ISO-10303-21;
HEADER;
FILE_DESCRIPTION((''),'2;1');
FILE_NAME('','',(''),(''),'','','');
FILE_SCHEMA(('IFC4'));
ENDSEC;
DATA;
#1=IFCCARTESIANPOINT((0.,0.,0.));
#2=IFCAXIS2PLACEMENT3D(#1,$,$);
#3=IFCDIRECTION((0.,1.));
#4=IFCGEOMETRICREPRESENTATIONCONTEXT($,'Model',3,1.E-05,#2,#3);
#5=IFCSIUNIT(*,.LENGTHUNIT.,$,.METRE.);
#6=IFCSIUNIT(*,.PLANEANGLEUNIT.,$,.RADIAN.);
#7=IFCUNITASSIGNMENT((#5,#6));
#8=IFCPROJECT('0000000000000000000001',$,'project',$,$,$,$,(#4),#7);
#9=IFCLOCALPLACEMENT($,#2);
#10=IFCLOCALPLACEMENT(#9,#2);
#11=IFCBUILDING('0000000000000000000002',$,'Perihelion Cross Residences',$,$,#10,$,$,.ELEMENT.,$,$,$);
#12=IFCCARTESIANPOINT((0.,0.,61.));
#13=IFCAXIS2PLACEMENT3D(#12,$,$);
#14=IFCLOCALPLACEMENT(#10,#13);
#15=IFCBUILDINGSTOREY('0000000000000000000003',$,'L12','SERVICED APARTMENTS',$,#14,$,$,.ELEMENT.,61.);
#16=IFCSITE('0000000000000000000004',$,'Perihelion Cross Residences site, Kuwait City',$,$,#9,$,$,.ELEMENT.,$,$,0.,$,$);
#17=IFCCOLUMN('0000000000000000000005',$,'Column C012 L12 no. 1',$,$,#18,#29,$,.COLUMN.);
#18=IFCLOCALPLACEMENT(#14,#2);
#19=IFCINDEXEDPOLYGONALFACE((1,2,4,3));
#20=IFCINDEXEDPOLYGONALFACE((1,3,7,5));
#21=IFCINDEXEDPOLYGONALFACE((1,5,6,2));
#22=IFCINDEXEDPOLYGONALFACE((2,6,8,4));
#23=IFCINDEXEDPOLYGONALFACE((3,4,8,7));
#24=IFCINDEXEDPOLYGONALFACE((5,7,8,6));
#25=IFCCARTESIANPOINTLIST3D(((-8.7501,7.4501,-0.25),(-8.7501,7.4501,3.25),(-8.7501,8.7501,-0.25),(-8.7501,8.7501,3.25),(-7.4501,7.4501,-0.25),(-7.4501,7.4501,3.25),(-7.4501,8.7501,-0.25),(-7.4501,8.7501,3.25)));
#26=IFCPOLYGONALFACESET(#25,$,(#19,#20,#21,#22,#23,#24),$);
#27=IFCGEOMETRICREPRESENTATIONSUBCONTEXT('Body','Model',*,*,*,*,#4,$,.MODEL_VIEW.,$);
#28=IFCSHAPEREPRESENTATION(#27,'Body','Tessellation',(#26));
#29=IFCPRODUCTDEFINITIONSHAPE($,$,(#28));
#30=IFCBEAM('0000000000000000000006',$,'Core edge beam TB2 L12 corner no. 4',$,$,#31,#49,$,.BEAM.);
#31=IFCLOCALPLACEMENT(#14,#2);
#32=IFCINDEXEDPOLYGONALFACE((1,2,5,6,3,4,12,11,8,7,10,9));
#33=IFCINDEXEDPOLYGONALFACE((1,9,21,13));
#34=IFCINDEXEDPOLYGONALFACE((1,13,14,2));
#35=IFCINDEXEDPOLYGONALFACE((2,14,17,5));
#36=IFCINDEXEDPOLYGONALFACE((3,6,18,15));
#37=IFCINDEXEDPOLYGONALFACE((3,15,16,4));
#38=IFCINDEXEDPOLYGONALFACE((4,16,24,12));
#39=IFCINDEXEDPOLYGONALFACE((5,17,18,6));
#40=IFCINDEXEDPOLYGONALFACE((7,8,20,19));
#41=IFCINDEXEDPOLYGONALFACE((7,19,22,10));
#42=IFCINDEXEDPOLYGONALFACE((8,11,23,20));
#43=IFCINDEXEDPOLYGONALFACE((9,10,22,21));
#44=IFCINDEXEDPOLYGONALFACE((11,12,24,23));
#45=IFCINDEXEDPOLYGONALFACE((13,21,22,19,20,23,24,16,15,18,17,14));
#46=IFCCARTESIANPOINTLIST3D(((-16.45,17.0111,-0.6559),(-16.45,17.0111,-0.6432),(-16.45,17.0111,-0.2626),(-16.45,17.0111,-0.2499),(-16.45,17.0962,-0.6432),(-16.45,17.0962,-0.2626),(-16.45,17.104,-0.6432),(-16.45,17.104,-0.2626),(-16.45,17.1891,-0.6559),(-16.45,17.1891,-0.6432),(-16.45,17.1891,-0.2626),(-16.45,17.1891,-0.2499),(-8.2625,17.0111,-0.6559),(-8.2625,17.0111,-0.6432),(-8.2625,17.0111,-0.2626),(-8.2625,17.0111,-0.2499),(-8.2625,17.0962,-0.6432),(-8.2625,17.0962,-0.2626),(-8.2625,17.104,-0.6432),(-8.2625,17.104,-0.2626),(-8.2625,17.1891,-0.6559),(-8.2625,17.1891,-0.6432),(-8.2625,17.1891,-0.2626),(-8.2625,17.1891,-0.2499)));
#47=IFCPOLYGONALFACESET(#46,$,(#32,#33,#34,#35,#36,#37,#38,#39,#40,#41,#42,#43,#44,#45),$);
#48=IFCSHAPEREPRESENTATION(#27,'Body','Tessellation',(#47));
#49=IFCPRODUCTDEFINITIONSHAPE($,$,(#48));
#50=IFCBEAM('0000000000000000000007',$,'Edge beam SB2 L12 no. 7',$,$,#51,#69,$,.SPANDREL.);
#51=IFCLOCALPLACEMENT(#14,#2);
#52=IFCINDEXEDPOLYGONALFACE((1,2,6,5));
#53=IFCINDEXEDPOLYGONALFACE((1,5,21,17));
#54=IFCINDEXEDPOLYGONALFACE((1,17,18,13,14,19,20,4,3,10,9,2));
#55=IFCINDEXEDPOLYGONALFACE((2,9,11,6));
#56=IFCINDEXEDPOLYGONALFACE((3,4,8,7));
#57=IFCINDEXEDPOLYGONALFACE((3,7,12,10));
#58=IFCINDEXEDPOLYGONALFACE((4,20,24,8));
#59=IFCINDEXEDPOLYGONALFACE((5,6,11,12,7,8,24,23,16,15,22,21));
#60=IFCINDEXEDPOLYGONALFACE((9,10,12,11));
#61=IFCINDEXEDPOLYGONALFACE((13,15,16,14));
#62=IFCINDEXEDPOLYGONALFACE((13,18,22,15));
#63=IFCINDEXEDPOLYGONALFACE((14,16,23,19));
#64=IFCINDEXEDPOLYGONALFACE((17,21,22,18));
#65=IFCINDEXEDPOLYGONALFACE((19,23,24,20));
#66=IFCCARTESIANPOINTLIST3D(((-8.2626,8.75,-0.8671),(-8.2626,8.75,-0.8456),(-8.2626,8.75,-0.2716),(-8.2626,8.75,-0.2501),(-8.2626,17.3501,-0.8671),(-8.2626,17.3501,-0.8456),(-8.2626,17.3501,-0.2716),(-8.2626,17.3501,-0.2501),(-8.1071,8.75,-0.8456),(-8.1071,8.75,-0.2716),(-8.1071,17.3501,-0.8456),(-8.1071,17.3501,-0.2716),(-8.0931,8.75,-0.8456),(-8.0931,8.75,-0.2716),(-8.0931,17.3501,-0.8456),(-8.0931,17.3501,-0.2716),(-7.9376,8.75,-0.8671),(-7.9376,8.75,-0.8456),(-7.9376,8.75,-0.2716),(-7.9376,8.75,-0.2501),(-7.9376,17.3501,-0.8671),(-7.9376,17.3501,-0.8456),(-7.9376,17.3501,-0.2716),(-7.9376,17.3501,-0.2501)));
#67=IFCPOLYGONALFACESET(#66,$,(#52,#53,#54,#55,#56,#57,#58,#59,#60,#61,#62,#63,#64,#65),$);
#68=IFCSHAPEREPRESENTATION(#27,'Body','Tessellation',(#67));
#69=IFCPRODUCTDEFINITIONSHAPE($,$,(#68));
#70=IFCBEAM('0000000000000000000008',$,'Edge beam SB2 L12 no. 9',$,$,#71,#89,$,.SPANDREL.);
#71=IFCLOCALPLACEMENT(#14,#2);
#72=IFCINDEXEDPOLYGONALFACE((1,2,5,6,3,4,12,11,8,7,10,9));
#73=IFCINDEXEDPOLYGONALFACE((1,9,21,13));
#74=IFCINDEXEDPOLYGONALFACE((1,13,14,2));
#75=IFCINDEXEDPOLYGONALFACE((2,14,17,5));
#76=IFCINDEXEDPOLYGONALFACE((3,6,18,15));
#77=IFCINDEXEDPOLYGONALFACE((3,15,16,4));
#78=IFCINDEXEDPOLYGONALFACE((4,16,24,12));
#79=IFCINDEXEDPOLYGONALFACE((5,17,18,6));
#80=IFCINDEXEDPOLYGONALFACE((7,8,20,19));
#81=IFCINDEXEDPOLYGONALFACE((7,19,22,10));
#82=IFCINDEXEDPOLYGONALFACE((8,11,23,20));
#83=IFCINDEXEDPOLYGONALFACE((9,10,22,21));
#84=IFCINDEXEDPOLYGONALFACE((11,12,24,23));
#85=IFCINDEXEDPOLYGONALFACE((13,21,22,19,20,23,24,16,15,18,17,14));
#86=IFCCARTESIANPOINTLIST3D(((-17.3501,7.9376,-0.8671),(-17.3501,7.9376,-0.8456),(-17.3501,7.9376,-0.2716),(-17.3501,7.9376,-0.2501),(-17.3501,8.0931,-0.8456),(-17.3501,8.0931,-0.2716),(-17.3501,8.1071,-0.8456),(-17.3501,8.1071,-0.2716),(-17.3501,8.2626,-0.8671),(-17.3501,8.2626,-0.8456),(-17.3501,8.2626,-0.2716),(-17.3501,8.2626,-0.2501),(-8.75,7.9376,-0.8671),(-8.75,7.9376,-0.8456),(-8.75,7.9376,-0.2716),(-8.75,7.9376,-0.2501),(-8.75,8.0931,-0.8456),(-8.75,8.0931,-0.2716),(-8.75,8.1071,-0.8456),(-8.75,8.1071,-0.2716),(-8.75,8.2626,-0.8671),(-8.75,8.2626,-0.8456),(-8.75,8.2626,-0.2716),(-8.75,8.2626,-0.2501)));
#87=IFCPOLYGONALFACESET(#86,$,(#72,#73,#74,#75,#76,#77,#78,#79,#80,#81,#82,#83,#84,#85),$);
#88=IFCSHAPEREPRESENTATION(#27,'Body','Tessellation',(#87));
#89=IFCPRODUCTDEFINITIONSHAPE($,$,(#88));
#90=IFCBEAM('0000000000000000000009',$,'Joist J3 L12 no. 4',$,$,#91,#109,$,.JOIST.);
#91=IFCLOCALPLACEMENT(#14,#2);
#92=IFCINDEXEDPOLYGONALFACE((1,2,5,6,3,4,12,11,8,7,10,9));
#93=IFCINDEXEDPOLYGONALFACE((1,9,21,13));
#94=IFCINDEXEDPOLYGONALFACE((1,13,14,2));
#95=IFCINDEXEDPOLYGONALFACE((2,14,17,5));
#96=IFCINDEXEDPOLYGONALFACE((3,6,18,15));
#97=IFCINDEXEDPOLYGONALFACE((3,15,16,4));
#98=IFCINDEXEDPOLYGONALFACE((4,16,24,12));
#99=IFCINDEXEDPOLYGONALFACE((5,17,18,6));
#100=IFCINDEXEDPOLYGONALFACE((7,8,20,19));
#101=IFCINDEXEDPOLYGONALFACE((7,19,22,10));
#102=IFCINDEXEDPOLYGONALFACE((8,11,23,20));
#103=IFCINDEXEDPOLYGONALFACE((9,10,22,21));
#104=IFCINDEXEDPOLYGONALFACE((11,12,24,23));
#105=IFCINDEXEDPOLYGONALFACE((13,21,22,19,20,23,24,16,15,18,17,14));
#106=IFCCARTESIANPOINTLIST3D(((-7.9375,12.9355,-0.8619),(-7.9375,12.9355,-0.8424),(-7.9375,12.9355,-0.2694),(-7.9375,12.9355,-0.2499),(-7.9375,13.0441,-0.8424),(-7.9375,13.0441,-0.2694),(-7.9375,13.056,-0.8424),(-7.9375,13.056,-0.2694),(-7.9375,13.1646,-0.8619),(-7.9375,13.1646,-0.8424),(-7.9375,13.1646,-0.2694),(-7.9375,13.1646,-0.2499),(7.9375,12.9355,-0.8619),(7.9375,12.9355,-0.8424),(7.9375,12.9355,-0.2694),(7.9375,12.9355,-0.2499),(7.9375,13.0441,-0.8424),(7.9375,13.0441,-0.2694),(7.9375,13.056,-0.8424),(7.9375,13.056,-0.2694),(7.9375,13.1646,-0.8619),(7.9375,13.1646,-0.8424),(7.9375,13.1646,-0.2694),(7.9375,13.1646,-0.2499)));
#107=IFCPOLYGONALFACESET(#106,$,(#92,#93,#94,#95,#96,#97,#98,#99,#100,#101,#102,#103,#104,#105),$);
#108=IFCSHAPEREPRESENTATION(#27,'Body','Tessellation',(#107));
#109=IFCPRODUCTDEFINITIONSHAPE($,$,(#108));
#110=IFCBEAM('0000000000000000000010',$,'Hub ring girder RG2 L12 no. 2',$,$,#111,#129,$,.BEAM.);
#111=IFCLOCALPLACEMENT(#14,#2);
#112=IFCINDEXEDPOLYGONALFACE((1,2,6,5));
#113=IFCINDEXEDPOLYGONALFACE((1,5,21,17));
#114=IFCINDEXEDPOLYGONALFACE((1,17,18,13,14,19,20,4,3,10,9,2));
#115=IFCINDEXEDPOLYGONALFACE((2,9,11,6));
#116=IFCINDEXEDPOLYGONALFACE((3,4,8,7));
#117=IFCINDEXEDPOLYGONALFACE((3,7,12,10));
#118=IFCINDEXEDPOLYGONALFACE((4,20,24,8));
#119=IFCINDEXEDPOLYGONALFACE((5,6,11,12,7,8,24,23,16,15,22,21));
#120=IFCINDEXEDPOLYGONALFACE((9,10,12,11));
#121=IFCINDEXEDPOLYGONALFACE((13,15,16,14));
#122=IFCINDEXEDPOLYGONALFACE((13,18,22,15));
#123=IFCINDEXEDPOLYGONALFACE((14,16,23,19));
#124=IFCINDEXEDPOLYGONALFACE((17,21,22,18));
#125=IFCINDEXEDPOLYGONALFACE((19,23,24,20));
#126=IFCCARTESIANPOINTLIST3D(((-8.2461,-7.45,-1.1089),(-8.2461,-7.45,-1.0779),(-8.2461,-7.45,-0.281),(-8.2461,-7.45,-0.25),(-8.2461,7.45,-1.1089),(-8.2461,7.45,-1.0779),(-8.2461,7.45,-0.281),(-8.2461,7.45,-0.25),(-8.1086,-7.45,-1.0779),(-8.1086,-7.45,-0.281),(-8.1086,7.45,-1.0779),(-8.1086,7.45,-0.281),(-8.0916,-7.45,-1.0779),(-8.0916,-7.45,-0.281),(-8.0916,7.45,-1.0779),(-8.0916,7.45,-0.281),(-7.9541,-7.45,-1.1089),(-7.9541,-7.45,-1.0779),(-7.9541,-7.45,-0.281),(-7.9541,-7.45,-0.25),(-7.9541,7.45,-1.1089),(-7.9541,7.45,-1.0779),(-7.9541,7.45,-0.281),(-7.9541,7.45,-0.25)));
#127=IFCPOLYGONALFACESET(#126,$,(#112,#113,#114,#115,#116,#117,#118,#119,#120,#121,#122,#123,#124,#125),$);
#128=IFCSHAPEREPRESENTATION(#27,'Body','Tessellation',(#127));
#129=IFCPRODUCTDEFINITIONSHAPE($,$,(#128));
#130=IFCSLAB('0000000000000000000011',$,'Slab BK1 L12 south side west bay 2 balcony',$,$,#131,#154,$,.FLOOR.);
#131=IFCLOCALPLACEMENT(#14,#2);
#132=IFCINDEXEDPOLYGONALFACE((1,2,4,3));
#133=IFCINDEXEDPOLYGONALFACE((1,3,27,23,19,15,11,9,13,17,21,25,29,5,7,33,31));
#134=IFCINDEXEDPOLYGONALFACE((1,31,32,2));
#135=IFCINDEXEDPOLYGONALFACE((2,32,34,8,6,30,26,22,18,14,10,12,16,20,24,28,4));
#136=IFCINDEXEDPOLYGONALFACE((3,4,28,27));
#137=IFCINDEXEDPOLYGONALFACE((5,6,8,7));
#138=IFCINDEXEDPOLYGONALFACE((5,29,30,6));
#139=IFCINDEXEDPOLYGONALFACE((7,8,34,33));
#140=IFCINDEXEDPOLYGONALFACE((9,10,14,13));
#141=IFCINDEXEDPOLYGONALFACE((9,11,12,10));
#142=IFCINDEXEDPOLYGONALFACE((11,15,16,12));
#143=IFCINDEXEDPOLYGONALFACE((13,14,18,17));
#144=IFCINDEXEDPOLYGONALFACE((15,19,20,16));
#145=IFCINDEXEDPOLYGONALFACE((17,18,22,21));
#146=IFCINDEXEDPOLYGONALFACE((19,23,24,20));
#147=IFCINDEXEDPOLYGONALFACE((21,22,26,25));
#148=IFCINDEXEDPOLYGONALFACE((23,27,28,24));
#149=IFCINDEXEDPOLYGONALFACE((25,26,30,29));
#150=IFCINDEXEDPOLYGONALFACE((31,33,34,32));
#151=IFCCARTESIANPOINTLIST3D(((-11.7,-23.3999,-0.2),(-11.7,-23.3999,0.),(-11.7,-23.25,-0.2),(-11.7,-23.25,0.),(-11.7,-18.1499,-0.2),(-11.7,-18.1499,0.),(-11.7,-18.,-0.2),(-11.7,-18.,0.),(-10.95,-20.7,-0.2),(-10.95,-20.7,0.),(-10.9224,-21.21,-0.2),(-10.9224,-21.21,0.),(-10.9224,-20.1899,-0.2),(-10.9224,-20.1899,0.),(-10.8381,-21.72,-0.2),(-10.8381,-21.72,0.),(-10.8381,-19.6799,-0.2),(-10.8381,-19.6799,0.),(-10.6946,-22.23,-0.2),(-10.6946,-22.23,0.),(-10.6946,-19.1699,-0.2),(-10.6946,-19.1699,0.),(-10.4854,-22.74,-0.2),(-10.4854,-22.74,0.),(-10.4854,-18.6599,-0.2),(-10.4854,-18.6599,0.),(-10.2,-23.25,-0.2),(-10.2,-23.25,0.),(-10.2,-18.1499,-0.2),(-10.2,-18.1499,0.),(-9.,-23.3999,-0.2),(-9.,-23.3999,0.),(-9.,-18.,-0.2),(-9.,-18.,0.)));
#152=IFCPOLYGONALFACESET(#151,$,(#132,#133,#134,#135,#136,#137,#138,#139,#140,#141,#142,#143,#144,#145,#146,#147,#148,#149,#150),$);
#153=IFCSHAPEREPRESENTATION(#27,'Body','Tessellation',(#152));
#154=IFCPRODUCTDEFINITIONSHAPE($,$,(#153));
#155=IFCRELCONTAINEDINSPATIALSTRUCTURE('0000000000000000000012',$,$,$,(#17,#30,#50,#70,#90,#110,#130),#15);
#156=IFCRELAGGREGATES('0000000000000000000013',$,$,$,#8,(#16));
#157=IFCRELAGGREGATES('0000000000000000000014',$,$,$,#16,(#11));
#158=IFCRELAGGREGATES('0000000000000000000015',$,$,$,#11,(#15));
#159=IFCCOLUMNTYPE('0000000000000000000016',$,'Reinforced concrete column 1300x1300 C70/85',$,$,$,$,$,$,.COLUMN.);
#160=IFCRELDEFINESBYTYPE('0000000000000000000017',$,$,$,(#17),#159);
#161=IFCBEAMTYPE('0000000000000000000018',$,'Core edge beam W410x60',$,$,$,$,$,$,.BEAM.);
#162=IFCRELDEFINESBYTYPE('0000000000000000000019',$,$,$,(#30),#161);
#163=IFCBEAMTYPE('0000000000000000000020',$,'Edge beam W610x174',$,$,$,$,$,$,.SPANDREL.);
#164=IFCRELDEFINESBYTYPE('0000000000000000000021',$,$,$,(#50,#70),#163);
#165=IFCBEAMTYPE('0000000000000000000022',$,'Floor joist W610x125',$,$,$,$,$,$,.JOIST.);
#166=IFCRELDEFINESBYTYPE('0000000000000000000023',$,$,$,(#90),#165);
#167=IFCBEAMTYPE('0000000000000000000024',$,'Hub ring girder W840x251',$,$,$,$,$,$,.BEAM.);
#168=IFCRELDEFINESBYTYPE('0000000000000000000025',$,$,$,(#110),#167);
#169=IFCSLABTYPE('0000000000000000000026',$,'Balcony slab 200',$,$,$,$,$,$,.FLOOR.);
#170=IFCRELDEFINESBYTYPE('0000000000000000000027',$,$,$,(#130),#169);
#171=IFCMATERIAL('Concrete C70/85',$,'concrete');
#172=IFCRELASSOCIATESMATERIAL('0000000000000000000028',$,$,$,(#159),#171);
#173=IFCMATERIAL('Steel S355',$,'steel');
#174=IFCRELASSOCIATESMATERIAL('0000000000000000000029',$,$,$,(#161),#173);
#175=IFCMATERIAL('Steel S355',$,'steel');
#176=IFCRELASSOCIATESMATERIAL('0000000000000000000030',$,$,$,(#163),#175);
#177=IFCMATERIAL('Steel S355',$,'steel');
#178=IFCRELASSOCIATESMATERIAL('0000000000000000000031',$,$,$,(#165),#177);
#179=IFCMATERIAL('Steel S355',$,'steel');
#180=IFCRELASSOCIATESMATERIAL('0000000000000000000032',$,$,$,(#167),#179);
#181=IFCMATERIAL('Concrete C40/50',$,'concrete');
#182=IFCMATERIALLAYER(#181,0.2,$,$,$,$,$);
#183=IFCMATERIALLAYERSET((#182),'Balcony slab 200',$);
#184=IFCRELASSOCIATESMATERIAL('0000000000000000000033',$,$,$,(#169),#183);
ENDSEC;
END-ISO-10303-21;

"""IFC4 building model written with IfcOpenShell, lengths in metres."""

from ifc_helpers import new_model, si_unit, direction, frame, origin, origin_2d, place, context, subcontext, project, spatial, polyline, rectangle, i_section, outline, extrude, material, layer, layer_set, material_profile, profile_set, type_object, element, save


model = new_model("IFC4")

# Units and contexts
model_context = context("Model", 3, precision=1e-05, world=origin(), true_north=direction((0.0, 1.0)))
body_context = subcontext(model_context, "Body", "Model", "MODEL_VIEW")
ifc_project = project(units=[si_unit("LENGTHUNIT", "METRE"), si_unit("PLANEANGLEUNIT", "RADIAN")], contexts=[model_context])

# Site, building, storey
site_placement = place(None, origin())
site = spatial("IfcSite", under=ifc_project, at=site_placement, Name="Perihelion Cross Residences site, Kuwait City", CompositionType="ELEMENT", RefElevation=0.0)
building_placement = place(site_placement, origin())
building = spatial("IfcBuilding", under=site, at=building_placement, Name="Perihelion Cross Residences", CompositionType="ELEMENT")
storey_placement = place(building_placement, frame((0.0, 0.0, 61.0)))
storey = spatial("IfcBuildingStorey", under=building, at=storey_placement, Name="L12", Description="SERVICED APARTMENTS", CompositionType="ELEMENT", Elevation=61.0)

# Column
ifc_material_1 = material(Name="Concrete C70/85", Category="concrete")
ifc_material_profile_1 = material_profile(ifc_material_1, rectangle(XDim=1.3, YDim=1.3, at=origin_2d()), Name="RC 1300x1300")
ifc_profile_set_1 = profile_set([ifc_material_profile_1], Name="Concrete C70/85")
column_type = type_object("IfcColumnType", Name="Reinforced concrete column 1300x1300 C70/85", PredefinedType="COLUMN", material=ifc_profile_set_1)
column_placement = place(storey_placement, frame((-8.1001, 8.1001, -0.25), z_axis=(0.0, 0.0, 1.0), x_axis=(1.0, 0.0, 0.0)))
element("IfcColumn", 1, at=column_placement, inside=storey, type_object=column_type, Name="Column C012 L12 no. 1", PredefinedType="COLUMN", context=body_context, shape_type="SweptSolid", body=[
    extrude(rectangle(XDim=1.3, YDim=1.3, at=origin_2d()), origin(), (0.0, 0.0, 1.0), 3.5),
])

# Beams
ifc_material_2 = material(Name="Steel S355", Category="steel")
ifc_material_profile_2 = material_profile(ifc_material_2, i_section(OverallWidth=0.178, OverallDepth=0.406, WebThickness=0.0078, FlangeThickness=0.0127, at=origin_2d()), Name="W410x60")
ifc_profile_set_2 = profile_set([ifc_material_profile_2], Name="Steel S355")
beam_type_1 = type_object("IfcBeamType", Name="Core edge beam W410x60", PredefinedType="BEAM", material=ifc_profile_set_2)
beam_1_placement = place(storey_placement, frame((-8.2625, 17.1001, -0.4529), z_axis=(-1.0, 0.0, 0.0), x_axis=(0.0, -1.0, 0.0)))
element("IfcBeam", 2, at=beam_1_placement, inside=storey, type_object=beam_type_1, Name="Core edge beam TB2 L12 corner no. 4", PredefinedType="BEAM", context=body_context, shape_type="SweptSolid", body=[
    extrude(i_section(OverallWidth=0.178, OverallDepth=0.406, WebThickness=0.0078, FlangeThickness=0.0127, at=origin_2d()), origin(), (0.0, 0.0, 1.0), 8.1875),
])
ifc_material_3 = material(Name="Steel S355", Category="steel")
ifc_material_profile_3 = material_profile(ifc_material_3, i_section(OverallWidth=0.325, OverallDepth=0.6169, WebThickness=0.0139, FlangeThickness=0.0215, at=origin_2d()), Name="W610x174")
ifc_profile_set_3 = profile_set([ifc_material_profile_3], Name="Steel S355")
beam_type_2 = type_object("IfcBeamType", Name="Edge beam W610x174", PredefinedType="SPANDREL", material=ifc_profile_set_3)
for number, where, z_axis, x_axis, name in (
    (3, (-8.1001, 17.3501, -0.5586), (0.0, -1.0, 0.0), (1.0, 0.0, 0.0), "Edge beam SB2 L12 no. 7"),
    (4, (-8.75, 8.1001, -0.5586), (-1.0, 0.0, 0.0), (0.0, -1.0, 0.0), "Edge beam SB2 L12 no. 9"),
):
    element("IfcBeam", number, at=place(storey_placement, frame(where, z_axis=z_axis, x_axis=x_axis)), inside=storey, type_object=beam_type_2, Name=name, PredefinedType="SPANDREL", context=body_context, shape_type="SweptSolid", body=[
        extrude(i_section(OverallWidth=0.325, OverallDepth=0.6169, WebThickness=0.0139, FlangeThickness=0.0215, at=origin_2d()), origin(), (0.0, 0.0, 1.0), 8.6001),
    ])
ifc_material_4 = material(Name="Steel S355", Category="steel")
ifc_material_profile_4 = material_profile(ifc_material_4, i_section(OverallWidth=0.229, OverallDepth=0.6121, WebThickness=0.012, FlangeThickness=0.0195, at=origin_2d()), Name="W610x125")
ifc_profile_set_4 = profile_set([ifc_material_profile_4], Name="Steel S355")
beam_type_3 = type_object("IfcBeamType", Name="Floor joist W610x125", PredefinedType="JOIST", material=ifc_profile_set_4)
beam_2_placement = place(storey_placement, frame((-7.9375, 13.05, -0.5559), z_axis=(1.0, 0.0, 0.0), x_axis=(0.0, 1.0, 0.0)))
element("IfcBeam", 5, at=beam_2_placement, inside=storey, type_object=beam_type_3, Name="Joist J3 L12 no. 4", PredefinedType="JOIST", context=body_context, shape_type="SweptSolid", body=[
    extrude(i_section(OverallWidth=0.229, OverallDepth=0.6121, WebThickness=0.012, FlangeThickness=0.0195, at=origin_2d()), origin(), (0.0, 0.0, 1.0), 15.875),
])
ifc_material_5 = material(Name="Steel S355", Category="steel")
ifc_material_profile_5 = material_profile(ifc_material_5, i_section(OverallWidth=0.292, OverallDepth=0.8589, WebThickness=0.0171, FlangeThickness=0.031, at=origin_2d()), Name="W840x251")
ifc_profile_set_5 = profile_set([ifc_material_profile_5], Name="Steel S355")
beam_type_4 = type_object("IfcBeamType", Name="Hub ring girder W840x251", PredefinedType="BEAM", material=ifc_profile_set_5)
beam_3_placement = place(storey_placement, frame((-8.1001, 7.45, -0.6794), z_axis=(0.0, -1.0, 0.0), x_axis=(1.0, 0.0, 0.0)))
element("IfcBeam", 6, at=beam_3_placement, inside=storey, type_object=beam_type_4, Name="Hub ring girder RG2 L12 no. 2", PredefinedType="BEAM", context=body_context, shape_type="SweptSolid", body=[
    extrude(i_section(OverallWidth=0.292, OverallDepth=0.8589, WebThickness=0.0171, FlangeThickness=0.031, at=origin_2d()), origin(), (0.0, 0.0, 1.0), 14.8999),
])

# Slab
ifc_material_6 = material(Name="Concrete C40/50", Category="concrete")
ifc_layer_1 = layer(ifc_material_6, 0.2)
ifc_layer_set_1 = layer_set([ifc_layer_1], Name="Balcony slab 200")
slab_type_1 = type_object("IfcSlabType", Name="Balcony slab 200", PredefinedType="FLOOR", material=ifc_layer_set_1)
slab_1_placement = place(storey_placement, frame((0.0, 0.0, -0.2)))
element("IfcSlab", 7, at=slab_1_placement, inside=storey, type_object=slab_type_1, Name="Slab BK1 L12 south side west bay 2 balcony", PredefinedType="FLOOR", context=body_context, shape_type="SweptSolid", body=[
    extrude(outline(polyline([(-9.0, -18.0), (-9.0, -23.3999), (-11.7, -23.3999), (-11.7, -23.25), (-10.2, -23.25), (-10.4854, -22.74), (-10.6946, -22.23), (-10.8381, -21.72), (-10.9224, -21.21), (-10.95, -20.7), (-10.9224, -20.1899), (-10.8381, -19.6799), (-10.6946, -19.1699), (-10.4854, -18.6599), (-10.2, -18.1499), (-11.7, -18.1499), (-11.7, -18.0), (-9.0, -18.0)])), origin(), (0.0, 0.0, 1.0), 0.2),
])

save(model, "model.ifc")
